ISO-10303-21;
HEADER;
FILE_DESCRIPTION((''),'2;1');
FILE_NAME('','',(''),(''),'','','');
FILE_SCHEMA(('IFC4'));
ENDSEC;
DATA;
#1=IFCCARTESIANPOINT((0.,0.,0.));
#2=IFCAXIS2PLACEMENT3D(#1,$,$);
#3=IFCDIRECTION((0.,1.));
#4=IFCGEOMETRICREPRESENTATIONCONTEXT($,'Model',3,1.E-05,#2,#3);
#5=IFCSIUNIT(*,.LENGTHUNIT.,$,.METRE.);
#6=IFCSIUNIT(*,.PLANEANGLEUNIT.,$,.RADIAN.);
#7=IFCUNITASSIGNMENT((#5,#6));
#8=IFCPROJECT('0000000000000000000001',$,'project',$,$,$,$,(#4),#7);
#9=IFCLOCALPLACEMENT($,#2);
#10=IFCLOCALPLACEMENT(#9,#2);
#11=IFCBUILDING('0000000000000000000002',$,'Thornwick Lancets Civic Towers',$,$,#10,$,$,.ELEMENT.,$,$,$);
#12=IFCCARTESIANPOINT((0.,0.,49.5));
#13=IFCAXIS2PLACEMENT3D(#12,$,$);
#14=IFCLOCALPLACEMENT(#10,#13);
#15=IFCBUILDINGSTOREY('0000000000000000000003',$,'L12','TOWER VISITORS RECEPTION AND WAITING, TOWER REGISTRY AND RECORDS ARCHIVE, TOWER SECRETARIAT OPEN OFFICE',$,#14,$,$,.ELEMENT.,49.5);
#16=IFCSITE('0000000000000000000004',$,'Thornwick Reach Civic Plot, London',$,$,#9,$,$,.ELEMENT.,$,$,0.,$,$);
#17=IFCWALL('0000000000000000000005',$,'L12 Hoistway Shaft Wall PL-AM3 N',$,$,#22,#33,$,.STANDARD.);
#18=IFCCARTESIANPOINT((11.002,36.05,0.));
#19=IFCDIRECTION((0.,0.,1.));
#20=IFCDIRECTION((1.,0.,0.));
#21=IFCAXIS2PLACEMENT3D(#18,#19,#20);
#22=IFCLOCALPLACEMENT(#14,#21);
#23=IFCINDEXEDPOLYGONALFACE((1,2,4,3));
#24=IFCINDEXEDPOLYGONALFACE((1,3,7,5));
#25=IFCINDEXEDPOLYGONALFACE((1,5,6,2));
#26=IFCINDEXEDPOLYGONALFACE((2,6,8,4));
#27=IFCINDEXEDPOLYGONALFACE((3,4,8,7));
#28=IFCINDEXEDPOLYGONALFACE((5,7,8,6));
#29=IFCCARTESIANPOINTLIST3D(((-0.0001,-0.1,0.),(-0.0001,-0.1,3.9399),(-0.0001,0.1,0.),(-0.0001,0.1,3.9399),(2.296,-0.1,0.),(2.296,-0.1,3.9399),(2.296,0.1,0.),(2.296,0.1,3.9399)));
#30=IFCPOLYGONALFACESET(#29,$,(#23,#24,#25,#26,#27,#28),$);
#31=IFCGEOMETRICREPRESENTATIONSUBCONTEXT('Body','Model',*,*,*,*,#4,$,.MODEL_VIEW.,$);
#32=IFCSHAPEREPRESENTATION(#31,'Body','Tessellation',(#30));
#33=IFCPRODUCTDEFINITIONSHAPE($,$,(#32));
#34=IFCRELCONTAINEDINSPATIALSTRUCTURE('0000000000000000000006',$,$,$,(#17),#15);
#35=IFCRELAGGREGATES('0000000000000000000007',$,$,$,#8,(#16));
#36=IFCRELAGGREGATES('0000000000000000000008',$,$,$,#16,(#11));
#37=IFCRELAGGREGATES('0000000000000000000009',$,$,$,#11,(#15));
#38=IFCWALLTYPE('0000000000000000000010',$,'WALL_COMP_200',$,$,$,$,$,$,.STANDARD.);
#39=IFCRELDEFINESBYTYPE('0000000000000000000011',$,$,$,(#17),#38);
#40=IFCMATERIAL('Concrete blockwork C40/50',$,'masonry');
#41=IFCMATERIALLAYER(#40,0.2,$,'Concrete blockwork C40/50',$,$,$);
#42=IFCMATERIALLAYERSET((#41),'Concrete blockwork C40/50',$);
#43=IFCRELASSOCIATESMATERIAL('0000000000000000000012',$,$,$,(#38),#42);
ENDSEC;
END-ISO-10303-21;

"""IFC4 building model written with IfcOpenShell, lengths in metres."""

from ifc_helpers import new_model, si_unit, direction, frame, frame_2d, origin, place, context, subcontext, project, spatial, rectangle, extrude, material, layer, layer_set, type_object, element, save


model = new_model("IFC4")

# Units and contexts
model_context = context("Model", 3, precision=1e-05, world=origin(), true_north=direction((0.0, 1.0)))
body_context = subcontext(model_context, "Body", "Model", "MODEL_VIEW")
ifc_project = project(units=[si_unit("LENGTHUNIT", "METRE"), si_unit("PLANEANGLEUNIT", "RADIAN")], contexts=[model_context])

# Site, building, storey
site_placement = place(None, origin())
site = spatial("IfcSite", under=ifc_project, at=site_placement, Name="Thornwick Reach Civic Plot, London", CompositionType="ELEMENT", RefElevation=0.0)
building_placement = place(site_placement, origin())
building = spatial("IfcBuilding", under=site, at=building_placement, Name="Thornwick Lancets Civic Towers", CompositionType="ELEMENT")
storey_placement = place(building_placement, frame((0.0, 0.0, 49.5)))
storey = spatial("IfcBuildingStorey", under=building, at=storey_placement, Name="L12", Description="TOWER VISITORS RECEPTION AND WAITING, TOWER REGISTRY AND RECORDS ARCHIVE, TOWER SECRETARIAT OPEN OFFICE", CompositionType="ELEMENT", Elevation=49.5)

# Wall
ifc_material_1 = material(Name="Concrete blockwork C40/50", Category="masonry")
ifc_layer_1 = layer(ifc_material_1, 0.2, Name="Concrete blockwork C40/50")
ifc_layer_set_1 = layer_set([ifc_layer_1], Name="Concrete blockwork C40/50")
wall_type_1 = type_object("IfcWallType", Name="WALL_COMP_200", PredefinedType="STANDARD", material=ifc_layer_set_1)
wall_1_placement = place(storey_placement, frame((11.002, 36.05, 0.0), z_axis=(0.0, 0.0, 1.0), x_axis=(1.0, 0.0, 0.0)))
element("IfcWall", 1, at=wall_1_placement, inside=storey, type_object=wall_type_1, Name="L12 Hoistway Shaft Wall PL-AM3 N", PredefinedType="STANDARD", context=body_context, shape_type="SweptSolid", body=[
    extrude(rectangle(XDim=2.2961, YDim=0.2, at=frame_2d((1.1479, 0.0))), origin(), (0.0, 0.0, 1.0), 3.9399),
])

save(model, "model.ifc")
